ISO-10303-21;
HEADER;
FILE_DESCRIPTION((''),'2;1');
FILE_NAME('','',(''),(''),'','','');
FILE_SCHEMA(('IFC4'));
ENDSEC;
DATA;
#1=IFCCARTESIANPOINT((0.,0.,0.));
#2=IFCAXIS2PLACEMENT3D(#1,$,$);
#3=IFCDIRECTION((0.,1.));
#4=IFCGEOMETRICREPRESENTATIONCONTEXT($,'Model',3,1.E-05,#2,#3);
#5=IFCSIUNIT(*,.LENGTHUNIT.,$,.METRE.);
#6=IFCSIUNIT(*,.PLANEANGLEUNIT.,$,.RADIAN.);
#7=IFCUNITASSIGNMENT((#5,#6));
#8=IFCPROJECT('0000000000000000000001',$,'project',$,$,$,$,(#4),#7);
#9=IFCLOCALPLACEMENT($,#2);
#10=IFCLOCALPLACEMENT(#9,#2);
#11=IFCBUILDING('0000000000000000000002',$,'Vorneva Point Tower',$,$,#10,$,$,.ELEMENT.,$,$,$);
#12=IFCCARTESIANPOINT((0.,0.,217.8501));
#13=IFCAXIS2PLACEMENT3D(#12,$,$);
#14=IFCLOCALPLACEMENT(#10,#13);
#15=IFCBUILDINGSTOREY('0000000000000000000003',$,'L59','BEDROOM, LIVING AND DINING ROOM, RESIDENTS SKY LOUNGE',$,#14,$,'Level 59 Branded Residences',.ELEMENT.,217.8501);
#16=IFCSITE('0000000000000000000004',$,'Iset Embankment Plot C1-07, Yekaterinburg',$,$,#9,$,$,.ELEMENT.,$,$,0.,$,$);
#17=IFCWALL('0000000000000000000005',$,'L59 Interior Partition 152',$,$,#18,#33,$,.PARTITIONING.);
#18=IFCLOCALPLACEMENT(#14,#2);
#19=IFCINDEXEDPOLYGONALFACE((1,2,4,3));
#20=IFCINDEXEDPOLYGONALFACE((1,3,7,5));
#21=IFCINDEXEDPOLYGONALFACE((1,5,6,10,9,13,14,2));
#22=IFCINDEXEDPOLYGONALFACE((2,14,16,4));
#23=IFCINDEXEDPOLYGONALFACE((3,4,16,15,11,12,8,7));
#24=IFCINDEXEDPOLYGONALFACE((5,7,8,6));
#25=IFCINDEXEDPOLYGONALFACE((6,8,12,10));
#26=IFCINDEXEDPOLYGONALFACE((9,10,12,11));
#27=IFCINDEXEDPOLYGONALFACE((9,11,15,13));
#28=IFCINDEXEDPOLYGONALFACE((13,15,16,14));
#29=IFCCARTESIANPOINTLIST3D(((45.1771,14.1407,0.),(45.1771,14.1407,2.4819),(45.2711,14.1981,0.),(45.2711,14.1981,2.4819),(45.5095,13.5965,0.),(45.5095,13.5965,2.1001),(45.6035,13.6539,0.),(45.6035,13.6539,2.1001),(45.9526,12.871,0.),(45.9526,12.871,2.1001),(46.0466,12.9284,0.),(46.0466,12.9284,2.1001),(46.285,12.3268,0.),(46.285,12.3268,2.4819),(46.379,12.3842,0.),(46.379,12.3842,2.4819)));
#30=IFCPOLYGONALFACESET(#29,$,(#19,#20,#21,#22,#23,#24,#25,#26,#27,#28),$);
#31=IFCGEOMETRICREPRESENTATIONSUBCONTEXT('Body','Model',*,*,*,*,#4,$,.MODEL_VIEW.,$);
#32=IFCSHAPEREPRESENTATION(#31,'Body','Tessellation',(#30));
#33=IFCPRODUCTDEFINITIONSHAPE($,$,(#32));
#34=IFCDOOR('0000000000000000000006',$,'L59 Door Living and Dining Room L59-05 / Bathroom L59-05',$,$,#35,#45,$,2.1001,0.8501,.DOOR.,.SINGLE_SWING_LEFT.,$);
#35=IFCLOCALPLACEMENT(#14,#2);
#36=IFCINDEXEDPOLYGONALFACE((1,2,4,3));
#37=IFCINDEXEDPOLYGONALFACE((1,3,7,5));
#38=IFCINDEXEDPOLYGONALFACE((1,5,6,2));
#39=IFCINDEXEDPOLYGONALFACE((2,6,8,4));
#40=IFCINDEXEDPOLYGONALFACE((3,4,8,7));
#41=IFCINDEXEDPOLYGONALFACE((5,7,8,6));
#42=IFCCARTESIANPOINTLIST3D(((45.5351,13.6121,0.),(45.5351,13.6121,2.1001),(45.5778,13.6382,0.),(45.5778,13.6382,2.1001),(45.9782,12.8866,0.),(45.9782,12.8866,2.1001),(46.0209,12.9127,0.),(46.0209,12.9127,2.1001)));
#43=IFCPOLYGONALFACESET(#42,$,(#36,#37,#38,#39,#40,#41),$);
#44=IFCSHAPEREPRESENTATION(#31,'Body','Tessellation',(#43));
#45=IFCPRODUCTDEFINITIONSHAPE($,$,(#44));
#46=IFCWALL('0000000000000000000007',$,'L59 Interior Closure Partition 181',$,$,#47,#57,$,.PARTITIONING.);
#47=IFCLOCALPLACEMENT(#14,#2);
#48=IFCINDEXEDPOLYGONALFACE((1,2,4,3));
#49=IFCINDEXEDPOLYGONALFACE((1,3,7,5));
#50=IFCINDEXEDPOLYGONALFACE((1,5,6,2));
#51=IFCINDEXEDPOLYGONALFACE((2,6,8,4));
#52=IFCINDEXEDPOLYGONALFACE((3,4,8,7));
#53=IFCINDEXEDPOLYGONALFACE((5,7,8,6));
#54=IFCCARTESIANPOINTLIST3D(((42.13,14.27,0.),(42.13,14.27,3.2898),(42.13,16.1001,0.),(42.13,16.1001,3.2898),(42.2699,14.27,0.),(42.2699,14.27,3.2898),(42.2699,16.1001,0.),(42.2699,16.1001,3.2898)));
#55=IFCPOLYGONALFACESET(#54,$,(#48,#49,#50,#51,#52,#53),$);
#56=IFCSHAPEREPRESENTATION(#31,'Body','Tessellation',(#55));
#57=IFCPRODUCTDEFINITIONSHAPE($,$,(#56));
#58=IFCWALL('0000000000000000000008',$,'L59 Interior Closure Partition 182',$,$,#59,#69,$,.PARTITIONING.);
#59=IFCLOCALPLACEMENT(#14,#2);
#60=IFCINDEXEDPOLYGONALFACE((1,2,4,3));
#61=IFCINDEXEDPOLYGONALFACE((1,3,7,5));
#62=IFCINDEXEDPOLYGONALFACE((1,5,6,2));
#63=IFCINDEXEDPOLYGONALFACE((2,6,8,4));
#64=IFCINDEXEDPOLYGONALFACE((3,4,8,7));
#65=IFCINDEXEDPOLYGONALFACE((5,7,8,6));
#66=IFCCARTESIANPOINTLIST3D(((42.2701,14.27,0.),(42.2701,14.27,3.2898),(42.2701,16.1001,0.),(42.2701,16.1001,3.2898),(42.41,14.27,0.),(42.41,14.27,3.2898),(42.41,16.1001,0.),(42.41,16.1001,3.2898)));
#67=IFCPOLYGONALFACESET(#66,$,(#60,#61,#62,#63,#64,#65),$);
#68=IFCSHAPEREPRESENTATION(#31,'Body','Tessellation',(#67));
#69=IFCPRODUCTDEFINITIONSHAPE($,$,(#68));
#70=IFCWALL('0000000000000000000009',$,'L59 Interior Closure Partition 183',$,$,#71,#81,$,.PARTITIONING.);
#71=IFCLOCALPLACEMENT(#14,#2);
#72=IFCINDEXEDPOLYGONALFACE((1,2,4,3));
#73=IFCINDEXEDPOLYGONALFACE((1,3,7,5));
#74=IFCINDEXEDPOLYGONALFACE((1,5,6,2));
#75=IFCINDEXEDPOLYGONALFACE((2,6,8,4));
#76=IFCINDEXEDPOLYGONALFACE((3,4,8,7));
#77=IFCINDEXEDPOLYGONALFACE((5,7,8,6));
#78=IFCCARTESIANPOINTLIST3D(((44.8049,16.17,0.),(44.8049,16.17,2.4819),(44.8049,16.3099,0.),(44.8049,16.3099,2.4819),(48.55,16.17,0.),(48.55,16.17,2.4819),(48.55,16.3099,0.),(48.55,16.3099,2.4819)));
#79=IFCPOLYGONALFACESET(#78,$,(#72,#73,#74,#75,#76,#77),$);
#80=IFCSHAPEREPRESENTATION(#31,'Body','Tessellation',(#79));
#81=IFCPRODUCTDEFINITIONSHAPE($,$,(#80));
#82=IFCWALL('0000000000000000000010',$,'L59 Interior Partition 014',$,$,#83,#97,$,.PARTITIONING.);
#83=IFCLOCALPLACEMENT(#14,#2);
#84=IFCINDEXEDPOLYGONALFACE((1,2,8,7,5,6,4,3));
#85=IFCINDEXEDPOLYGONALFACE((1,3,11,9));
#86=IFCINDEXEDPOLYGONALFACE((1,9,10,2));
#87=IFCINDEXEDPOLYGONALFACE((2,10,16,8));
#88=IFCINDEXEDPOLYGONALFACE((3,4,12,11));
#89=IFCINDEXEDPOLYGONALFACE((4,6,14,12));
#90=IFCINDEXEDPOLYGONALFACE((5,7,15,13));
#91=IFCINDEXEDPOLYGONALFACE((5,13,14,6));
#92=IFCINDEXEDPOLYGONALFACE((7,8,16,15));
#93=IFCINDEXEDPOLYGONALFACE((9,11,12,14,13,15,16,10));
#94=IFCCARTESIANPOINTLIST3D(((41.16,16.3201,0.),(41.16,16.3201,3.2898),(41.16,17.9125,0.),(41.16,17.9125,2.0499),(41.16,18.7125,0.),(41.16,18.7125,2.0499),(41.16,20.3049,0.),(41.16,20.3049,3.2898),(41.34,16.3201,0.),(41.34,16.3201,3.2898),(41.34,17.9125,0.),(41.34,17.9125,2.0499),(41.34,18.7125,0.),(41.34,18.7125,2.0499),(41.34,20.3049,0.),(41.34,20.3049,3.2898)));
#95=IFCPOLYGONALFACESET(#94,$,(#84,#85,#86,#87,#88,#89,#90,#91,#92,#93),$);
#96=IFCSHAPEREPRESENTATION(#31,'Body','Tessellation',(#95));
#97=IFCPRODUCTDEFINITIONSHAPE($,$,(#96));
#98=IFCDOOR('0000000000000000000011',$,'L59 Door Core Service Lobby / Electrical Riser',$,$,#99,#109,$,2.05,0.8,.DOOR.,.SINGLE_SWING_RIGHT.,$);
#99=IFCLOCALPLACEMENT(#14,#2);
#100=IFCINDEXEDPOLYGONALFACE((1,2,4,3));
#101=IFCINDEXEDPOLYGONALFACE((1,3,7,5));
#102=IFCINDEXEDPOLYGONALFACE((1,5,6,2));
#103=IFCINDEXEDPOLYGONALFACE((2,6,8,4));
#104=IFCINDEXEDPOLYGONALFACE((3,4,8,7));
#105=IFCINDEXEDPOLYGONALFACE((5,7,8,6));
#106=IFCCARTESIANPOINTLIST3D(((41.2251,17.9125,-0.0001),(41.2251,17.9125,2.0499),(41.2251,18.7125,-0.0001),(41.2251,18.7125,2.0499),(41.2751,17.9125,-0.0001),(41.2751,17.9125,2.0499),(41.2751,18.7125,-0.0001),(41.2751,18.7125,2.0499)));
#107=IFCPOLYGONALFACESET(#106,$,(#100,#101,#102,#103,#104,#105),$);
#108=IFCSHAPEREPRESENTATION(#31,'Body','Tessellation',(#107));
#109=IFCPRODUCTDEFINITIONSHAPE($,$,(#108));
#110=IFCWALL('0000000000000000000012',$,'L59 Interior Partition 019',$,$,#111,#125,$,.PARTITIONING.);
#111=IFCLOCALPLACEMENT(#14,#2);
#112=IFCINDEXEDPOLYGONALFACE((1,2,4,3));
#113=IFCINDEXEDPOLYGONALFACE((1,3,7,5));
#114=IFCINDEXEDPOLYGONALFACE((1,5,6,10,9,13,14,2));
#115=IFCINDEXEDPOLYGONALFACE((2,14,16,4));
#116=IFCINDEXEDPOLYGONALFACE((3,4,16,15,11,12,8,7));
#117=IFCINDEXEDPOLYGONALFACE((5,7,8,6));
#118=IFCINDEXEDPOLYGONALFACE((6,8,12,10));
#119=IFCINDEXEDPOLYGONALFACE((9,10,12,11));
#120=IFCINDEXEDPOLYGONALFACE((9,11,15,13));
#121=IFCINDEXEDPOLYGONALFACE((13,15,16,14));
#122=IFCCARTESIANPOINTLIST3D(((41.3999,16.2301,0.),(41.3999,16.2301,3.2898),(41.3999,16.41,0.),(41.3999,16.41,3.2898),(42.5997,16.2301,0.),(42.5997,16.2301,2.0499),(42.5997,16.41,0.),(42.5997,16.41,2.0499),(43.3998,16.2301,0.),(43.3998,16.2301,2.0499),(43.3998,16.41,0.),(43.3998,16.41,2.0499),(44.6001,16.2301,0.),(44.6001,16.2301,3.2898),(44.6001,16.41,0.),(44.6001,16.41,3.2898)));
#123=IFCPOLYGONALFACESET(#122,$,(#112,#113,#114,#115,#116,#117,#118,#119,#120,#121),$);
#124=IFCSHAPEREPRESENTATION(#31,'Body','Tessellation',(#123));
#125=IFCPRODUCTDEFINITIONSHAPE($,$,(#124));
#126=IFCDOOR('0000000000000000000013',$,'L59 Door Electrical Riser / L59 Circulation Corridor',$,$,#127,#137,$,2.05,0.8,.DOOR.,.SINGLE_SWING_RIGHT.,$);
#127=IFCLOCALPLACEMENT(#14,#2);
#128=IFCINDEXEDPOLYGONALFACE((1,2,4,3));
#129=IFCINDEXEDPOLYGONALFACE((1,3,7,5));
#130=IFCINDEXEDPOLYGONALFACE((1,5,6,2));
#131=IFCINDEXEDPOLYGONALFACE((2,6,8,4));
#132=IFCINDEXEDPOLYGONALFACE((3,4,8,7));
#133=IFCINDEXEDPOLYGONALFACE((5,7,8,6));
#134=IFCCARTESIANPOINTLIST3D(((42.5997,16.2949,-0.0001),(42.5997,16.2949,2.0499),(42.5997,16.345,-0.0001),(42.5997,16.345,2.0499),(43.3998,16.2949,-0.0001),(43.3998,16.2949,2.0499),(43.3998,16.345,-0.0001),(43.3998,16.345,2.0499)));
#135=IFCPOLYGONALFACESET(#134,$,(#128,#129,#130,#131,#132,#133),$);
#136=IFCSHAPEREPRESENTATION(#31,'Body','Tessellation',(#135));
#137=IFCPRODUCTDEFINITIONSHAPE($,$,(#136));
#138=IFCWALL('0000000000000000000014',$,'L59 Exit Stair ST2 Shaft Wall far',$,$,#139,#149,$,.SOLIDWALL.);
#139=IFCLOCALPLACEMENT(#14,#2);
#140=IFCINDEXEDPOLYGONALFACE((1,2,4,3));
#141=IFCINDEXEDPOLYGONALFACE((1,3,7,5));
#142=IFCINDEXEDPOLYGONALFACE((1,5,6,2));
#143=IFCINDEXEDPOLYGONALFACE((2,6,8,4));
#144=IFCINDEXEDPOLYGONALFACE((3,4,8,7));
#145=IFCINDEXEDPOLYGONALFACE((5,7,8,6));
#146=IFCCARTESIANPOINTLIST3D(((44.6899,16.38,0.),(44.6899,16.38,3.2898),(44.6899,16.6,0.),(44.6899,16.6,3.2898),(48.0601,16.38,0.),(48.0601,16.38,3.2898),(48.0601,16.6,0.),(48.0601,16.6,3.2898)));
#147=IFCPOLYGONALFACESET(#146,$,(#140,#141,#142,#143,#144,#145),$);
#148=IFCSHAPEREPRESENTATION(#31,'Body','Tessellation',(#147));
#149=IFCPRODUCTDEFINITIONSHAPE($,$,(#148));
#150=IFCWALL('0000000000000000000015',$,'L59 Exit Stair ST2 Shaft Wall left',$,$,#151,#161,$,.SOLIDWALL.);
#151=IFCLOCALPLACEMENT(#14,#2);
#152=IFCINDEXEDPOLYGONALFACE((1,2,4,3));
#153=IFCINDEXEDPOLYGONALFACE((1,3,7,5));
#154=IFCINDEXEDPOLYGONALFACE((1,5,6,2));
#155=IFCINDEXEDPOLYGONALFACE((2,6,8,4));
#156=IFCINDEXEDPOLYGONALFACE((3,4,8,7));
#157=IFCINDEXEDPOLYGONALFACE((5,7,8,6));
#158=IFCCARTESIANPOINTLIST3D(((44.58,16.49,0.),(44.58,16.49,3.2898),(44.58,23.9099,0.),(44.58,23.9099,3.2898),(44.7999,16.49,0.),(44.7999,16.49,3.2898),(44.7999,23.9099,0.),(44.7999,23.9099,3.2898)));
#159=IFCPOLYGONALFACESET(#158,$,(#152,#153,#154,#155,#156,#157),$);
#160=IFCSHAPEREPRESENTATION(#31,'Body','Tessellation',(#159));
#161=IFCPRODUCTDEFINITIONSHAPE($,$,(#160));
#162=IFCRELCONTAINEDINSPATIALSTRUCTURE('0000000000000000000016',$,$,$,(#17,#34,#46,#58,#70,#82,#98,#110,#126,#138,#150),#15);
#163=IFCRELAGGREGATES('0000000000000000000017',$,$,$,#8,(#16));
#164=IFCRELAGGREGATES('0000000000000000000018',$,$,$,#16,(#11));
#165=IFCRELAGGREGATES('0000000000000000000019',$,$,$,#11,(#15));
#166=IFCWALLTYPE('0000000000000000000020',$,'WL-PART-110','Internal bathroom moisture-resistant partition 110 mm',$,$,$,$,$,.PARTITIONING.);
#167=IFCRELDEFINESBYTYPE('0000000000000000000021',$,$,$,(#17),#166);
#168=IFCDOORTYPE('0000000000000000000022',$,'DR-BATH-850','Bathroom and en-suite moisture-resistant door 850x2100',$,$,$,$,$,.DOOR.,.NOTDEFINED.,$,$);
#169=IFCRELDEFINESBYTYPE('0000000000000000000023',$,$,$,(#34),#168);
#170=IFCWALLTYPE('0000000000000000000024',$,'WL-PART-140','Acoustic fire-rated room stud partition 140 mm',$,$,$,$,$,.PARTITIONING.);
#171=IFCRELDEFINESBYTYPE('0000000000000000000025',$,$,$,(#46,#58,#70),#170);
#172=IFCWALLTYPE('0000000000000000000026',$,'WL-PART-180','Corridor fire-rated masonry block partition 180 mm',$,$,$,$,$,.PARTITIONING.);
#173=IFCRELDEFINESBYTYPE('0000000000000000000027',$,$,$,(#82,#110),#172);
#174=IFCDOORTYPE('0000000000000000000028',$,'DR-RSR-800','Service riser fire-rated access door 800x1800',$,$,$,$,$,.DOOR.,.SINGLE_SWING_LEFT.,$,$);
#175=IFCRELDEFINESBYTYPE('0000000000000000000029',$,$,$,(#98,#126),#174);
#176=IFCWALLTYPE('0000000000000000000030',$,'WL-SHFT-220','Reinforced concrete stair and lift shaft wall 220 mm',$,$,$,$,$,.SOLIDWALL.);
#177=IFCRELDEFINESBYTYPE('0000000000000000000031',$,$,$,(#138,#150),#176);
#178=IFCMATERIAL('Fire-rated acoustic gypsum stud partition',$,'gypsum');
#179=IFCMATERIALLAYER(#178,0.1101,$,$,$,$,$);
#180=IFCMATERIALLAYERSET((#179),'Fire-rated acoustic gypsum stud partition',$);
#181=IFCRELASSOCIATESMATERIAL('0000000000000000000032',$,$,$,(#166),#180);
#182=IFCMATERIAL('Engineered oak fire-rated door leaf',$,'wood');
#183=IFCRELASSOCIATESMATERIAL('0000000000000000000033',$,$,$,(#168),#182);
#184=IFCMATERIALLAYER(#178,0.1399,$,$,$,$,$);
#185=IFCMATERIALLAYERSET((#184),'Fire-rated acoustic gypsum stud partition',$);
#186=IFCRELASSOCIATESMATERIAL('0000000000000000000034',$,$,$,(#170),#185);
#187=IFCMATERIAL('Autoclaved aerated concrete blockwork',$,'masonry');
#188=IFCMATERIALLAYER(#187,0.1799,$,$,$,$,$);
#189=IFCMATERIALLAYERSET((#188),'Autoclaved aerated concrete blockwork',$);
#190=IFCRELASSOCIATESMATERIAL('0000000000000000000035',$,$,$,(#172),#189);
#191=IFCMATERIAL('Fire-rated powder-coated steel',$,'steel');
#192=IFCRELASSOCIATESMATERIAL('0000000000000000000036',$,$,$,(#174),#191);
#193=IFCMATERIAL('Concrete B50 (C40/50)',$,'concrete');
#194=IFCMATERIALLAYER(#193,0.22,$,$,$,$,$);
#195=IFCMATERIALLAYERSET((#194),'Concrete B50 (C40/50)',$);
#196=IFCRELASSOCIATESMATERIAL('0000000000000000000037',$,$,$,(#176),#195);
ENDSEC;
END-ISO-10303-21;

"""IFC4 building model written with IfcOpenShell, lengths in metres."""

from ifc_helpers import new_model, si_unit, direction, frame, frame_2d, origin, place, context, subcontext, project, spatial, rectangle, extrude, material, layer, layer_set, type_object, element, fill, save


model = new_model("IFC4")

# Units and contexts
model_context = context("Model", 3, precision=1e-05, world=origin(), true_north=direction((0.0, 1.0)))
body_context = subcontext(model_context, "Body", "Model", "MODEL_VIEW")
ifc_project = project(units=[si_unit("LENGTHUNIT", "METRE"), si_unit("PLANEANGLEUNIT", "RADIAN")], contexts=[model_context])

# Site, building, storey
site_placement = place(None, origin())
site = spatial("IfcSite", under=ifc_project, at=site_placement, Name="Iset Embankment Plot C1-07, Yekaterinburg", CompositionType="ELEMENT", RefElevation=0.0)
building_placement = place(site_placement, origin())
building = spatial("IfcBuilding", under=site, at=building_placement, Name="Vorneva Point Tower", CompositionType="ELEMENT")
storey_placement = place(building_placement, frame((0.0, 0.0, 217.8501)))
storey = spatial("IfcBuildingStorey", under=building, at=storey_placement, Name="L59", Description="BEDROOM, LIVING AND DINING ROOM, RESIDENTS SKY LOUNGE", LongName="Level 59 Branded Residences", CompositionType="ELEMENT", Elevation=217.8501)

# Wall, opening, door
ifc_material_1 = material(Name="Fire-rated acoustic gypsum stud partition", Category="gypsum")
ifc_layer_1 = layer(ifc_material_1, 0.1101)
ifc_layer_set_1 = layer_set([ifc_layer_1], Name="Fire-rated acoustic gypsum stud partition")
wall_type_1 = type_object("IfcWallType", Name="WL-PART-110", Description="Internal bathroom moisture-resistant partition 110 mm", PredefinedType="PARTITIONING", material=ifc_layer_set_1)
wall_1_placement = place(storey_placement, frame((45.2241, 14.1694, 0.0), z_axis=(0.0, 0.0, 1.0), x_axis=(0.521236, -0.853412, 0.0)))
wall_1 = element("IfcWall", 1, at=wall_1_placement, inside=storey, type_object=wall_type_1, Name="L59 Interior Partition 152", PredefinedType="PARTITIONING", context=body_context, shape_type="SweptSolid", body=[
    extrude(rectangle(XDim=2.1255, YDim=0.1101, at=frame_2d((1.0627, 0.0))), origin(), (0.0, 0.0, 1.0), 2.4819),
])
opening_1_placement = place(wall_1_placement, frame((0.6377, 0.0, 0.0)))
opening_1 = element("IfcOpeningElement", 2, at=opening_1_placement, cuts=wall_1, PredefinedType="OPENING", context=body_context, shape_type="SweptSolid", body=[
    extrude(rectangle(XDim=0.8501, YDim=2.1001, at=frame_2d((0.425, 1.05))), frame((0.0, 0.0698, 0.0), z_axis=(0.0, -1.0, 0.0), x_axis=(1.0, 0.0, 0.0)), (0.0, 0.0, 1.0), 0.1399),
])
ifc_material_2 = material(Name="Engineered oak fire-rated door leaf", Category="wood")
door_type_1 = type_object("IfcDoorType", Name="DR-BATH-850", Description="Bathroom and en-suite moisture-resistant door 850x2100", OperationType="NOTDEFINED", PredefinedType="DOOR", material=ifc_material_2)
door_1_placement = place(opening_1_placement, origin())
door_1 = element("IfcDoor", 3, at=door_1_placement, inside=storey, type_object=door_type_1, Name="L59 Door Living and Dining Room L59-05 / Bathroom L59-05", OperationType="SINGLE_SWING_LEFT", OverallHeight=2.1001, OverallWidth=0.8501, PredefinedType="DOOR", context=body_context, shape_type="SweptSolid", body=[
    extrude(rectangle(XDim=0.8501, YDim=2.1001, at=frame_2d((0.425, 1.05))), frame((0.0, 0.0249, 0.0), z_axis=(0.0, -1.0, 0.0), x_axis=(1.0, 0.0, 0.0)), (0.0, 0.0, 1.0), 0.05),
])
fill(opening_1, door_1)

# Walls
ifc_layer_2 = layer(ifc_material_1, 0.1399)
ifc_layer_set_2 = layer_set([ifc_layer_2], Name="Fire-rated acoustic gypsum stud partition")
wall_type_2 = type_object("IfcWallType", Name="WL-PART-140", Description="Acoustic fire-rated room stud partition 140 mm", PredefinedType="PARTITIONING", material=ifc_layer_set_2)
for number, where, z_axis, x_axis, name in (
    (4, (42.2, 16.1001, 0.0), (0.0, 0.0, 1.0), (0.0, -1.0, 0.0), "L59 Interior Closure Partition 181"),
    (5, (42.3401, 14.27, 0.0), (0.0, 0.0, 1.0), (0.0, 1.0, 0.0), "L59 Interior Closure Partition 182"),
):
    element("IfcWall", number, at=place(storey_placement, frame(where, z_axis=z_axis, x_axis=x_axis)), inside=storey, type_object=wall_type_2, Name=name, PredefinedType="PARTITIONING", context=body_context, shape_type="SweptSolid", body=[
        extrude(rectangle(XDim=1.8301, YDim=0.1399, at=frame_2d((0.915, 0.0))), origin(), (0.0, 0.0, 1.0), 3.2898),
    ])
wall_2_placement = place(storey_placement, frame((44.8049, 16.24, 0.0), z_axis=(0.0, 0.0, 1.0), x_axis=(1.0, 0.0, 0.0)))
element("IfcWall", 6, at=wall_2_placement, inside=storey, type_object=wall_type_2, Name="L59 Interior Closure Partition 183", PredefinedType="PARTITIONING", context=body_context, shape_type="SweptSolid", body=[
    extrude(rectangle(XDim=3.7451, YDim=0.1399, at=frame_2d((1.8726, 0.0))), origin(), (0.0, 0.0, 1.0), 2.4819),
])

# Walls, openings, doors
ifc_material_3 = material(Name="Autoclaved aerated concrete blockwork", Category="masonry")
ifc_layer_3 = layer(ifc_material_3, 0.1799)
ifc_layer_set_3 = layer_set([ifc_layer_3], Name="Autoclaved aerated concrete blockwork")
wall_type_3 = type_object("IfcWallType", Name="WL-PART-180", Description="Corridor fire-rated masonry block partition 180 mm", PredefinedType="PARTITIONING", material=ifc_layer_set_3)
wall_3_placement = place(storey_placement, frame((41.25, 16.3201, 0.0), z_axis=(0.0, 0.0, 1.0), x_axis=(0.0, 1.0, 0.0)))
wall_3 = element("IfcWall", 7, at=wall_3_placement, inside=storey, type_object=wall_type_3, Name="L59 Interior Partition 014", PredefinedType="PARTITIONING", context=body_context, shape_type="SweptSolid", body=[
    extrude(rectangle(XDim=3.9849, YDim=0.1799, at=frame_2d((1.9924, 0.0))), origin(), (0.0, 0.0, 1.0), 3.2898),
])
opening_2_placement = place(wall_3_placement, frame((1.5925, 0.0, 0.0)))
opening_2 = element("IfcOpeningElement", 8, at=opening_2_placement, cuts=wall_3, PredefinedType="OPENING", context=body_context, shape_type="SweptSolid", body=[
    extrude(rectangle(XDim=0.8, YDim=2.05, at=frame_2d((0.3999, 1.0249))), frame((0.0, 0.105, 0.0), z_axis=(0.0, -1.0, 0.0), x_axis=(1.0, 0.0, 0.0)), (0.0, 0.0, 1.0), 0.2097),
])
ifc_material_4 = material(Name="Fire-rated powder-coated steel", Category="steel")
door_type_2 = type_object("IfcDoorType", Name="DR-RSR-800", Description="Service riser fire-rated access door 800x1800", OperationType="SINGLE_SWING_LEFT", PredefinedType="DOOR", material=ifc_material_4)
door_2_placement = place(opening_2_placement, origin())
door_2 = element("IfcDoor", 9, at=door_2_placement, inside=storey, type_object=door_type_2, Name="L59 Door Core Service Lobby / Electrical Riser", OperationType="SINGLE_SWING_RIGHT", OverallHeight=2.05, OverallWidth=0.8, PredefinedType="DOOR", context=body_context, shape_type="SweptSolid", body=[
    extrude(rectangle(XDim=0.8, YDim=2.05, at=frame_2d((0.3999, 1.0249))), frame((0.0, 0.0249, 0.0), z_axis=(0.0, -1.0, 0.0), x_axis=(1.0, 0.0, 0.0)), (0.0, 0.0, 1.0), 0.05),
])
fill(opening_2, door_2)
wall_4_placement = place(storey_placement, frame((41.3999, 16.3201, 0.0), z_axis=(0.0, 0.0, 1.0), x_axis=(1.0, 0.0, 0.0)))
wall_4 = element("IfcWall", 10, at=wall_4_placement, inside=storey, type_object=wall_type_3, Name="L59 Interior Partition 019", PredefinedType="PARTITIONING", context=body_context, shape_type="SweptSolid", body=[
    extrude(rectangle(XDim=3.2002, YDim=0.1799, at=frame_2d((1.6001, 0.0))), origin(), (0.0, 0.0, 1.0), 3.2898),
])
opening_3_placement = place(wall_4_placement, frame((1.2, 0.0, 0.0)))
opening_3 = element("IfcOpeningElement", 11, at=opening_3_placement, cuts=wall_4, PredefinedType="OPENING", context=body_context, shape_type="SweptSolid", body=[
    extrude(rectangle(XDim=0.8, YDim=2.05, at=frame_2d((0.3999, 1.0249))), frame((0.0, 0.105, 0.0), z_axis=(0.0, -1.0, 0.0), x_axis=(1.0, 0.0, 0.0)), (0.0, 0.0, 1.0), 0.2097),
])
door_3_placement = place(opening_3_placement, origin())
door_3 = element("IfcDoor", 12, at=door_3_placement, inside=storey, type_object=door_type_2, Name="L59 Door Electrical Riser / L59 Circulation Corridor", OperationType="SINGLE_SWING_RIGHT", OverallHeight=2.05, OverallWidth=0.8, PredefinedType="DOOR", context=body_context, shape_type="SweptSolid", body=[
    extrude(rectangle(XDim=0.8, YDim=2.05, at=frame_2d((0.3999, 1.0249))), frame((0.0, 0.0249, 0.0), z_axis=(0.0, -1.0, 0.0), x_axis=(1.0, 0.0, 0.0)), (0.0, 0.0, 1.0), 0.05),
])
fill(opening_3, door_3)

# Walls
ifc_material_5 = material(Name="Concrete B50 (C40/50)", Category="concrete")
ifc_layer_4 = layer(ifc_material_5, 0.22)
ifc_layer_set_4 = layer_set([ifc_layer_4], Name="Concrete B50 (C40/50)")
wall_type_4 = type_object("IfcWallType", Name="WL-SHFT-220", Description="Reinforced concrete stair and lift shaft wall 220 mm", PredefinedType="SOLIDWALL", material=ifc_layer_set_4)
wall_5_placement = place(storey_placement, frame((48.0601, 16.49, 0.0), z_axis=(0.0, 0.0, 1.0), x_axis=(-1.0, 0.0, 0.0)))
element("IfcWall", 13, at=wall_5_placement, inside=storey, type_object=wall_type_4, Name="L59 Exit Stair ST2 Shaft Wall far", PredefinedType="SOLIDWALL", context=body_context, shape_type="SweptSolid", body=[
    extrude(rectangle(XDim=3.3701, YDim=0.22, at=frame_2d((1.6851, 0.0))), origin(), (0.0, 0.0, 1.0), 3.2898),
])
wall_6_placement = place(storey_placement, frame((44.6899, 16.49, 0.0), z_axis=(0.0, 0.0, 1.0), x_axis=(0.0, 1.0, 0.0)))
element("IfcWall", 14, at=wall_6_placement, inside=storey, type_object=wall_type_4, Name="L59 Exit Stair ST2 Shaft Wall left", PredefinedType="SOLIDWALL", context=body_context, shape_type="SweptSolid", body=[
    extrude(rectangle(XDim=7.4199, YDim=0.22, at=frame_2d((3.71, 0.0))), origin(), (0.0, 0.0, 1.0), 3.2898),
])

save(model, "model.ifc")
